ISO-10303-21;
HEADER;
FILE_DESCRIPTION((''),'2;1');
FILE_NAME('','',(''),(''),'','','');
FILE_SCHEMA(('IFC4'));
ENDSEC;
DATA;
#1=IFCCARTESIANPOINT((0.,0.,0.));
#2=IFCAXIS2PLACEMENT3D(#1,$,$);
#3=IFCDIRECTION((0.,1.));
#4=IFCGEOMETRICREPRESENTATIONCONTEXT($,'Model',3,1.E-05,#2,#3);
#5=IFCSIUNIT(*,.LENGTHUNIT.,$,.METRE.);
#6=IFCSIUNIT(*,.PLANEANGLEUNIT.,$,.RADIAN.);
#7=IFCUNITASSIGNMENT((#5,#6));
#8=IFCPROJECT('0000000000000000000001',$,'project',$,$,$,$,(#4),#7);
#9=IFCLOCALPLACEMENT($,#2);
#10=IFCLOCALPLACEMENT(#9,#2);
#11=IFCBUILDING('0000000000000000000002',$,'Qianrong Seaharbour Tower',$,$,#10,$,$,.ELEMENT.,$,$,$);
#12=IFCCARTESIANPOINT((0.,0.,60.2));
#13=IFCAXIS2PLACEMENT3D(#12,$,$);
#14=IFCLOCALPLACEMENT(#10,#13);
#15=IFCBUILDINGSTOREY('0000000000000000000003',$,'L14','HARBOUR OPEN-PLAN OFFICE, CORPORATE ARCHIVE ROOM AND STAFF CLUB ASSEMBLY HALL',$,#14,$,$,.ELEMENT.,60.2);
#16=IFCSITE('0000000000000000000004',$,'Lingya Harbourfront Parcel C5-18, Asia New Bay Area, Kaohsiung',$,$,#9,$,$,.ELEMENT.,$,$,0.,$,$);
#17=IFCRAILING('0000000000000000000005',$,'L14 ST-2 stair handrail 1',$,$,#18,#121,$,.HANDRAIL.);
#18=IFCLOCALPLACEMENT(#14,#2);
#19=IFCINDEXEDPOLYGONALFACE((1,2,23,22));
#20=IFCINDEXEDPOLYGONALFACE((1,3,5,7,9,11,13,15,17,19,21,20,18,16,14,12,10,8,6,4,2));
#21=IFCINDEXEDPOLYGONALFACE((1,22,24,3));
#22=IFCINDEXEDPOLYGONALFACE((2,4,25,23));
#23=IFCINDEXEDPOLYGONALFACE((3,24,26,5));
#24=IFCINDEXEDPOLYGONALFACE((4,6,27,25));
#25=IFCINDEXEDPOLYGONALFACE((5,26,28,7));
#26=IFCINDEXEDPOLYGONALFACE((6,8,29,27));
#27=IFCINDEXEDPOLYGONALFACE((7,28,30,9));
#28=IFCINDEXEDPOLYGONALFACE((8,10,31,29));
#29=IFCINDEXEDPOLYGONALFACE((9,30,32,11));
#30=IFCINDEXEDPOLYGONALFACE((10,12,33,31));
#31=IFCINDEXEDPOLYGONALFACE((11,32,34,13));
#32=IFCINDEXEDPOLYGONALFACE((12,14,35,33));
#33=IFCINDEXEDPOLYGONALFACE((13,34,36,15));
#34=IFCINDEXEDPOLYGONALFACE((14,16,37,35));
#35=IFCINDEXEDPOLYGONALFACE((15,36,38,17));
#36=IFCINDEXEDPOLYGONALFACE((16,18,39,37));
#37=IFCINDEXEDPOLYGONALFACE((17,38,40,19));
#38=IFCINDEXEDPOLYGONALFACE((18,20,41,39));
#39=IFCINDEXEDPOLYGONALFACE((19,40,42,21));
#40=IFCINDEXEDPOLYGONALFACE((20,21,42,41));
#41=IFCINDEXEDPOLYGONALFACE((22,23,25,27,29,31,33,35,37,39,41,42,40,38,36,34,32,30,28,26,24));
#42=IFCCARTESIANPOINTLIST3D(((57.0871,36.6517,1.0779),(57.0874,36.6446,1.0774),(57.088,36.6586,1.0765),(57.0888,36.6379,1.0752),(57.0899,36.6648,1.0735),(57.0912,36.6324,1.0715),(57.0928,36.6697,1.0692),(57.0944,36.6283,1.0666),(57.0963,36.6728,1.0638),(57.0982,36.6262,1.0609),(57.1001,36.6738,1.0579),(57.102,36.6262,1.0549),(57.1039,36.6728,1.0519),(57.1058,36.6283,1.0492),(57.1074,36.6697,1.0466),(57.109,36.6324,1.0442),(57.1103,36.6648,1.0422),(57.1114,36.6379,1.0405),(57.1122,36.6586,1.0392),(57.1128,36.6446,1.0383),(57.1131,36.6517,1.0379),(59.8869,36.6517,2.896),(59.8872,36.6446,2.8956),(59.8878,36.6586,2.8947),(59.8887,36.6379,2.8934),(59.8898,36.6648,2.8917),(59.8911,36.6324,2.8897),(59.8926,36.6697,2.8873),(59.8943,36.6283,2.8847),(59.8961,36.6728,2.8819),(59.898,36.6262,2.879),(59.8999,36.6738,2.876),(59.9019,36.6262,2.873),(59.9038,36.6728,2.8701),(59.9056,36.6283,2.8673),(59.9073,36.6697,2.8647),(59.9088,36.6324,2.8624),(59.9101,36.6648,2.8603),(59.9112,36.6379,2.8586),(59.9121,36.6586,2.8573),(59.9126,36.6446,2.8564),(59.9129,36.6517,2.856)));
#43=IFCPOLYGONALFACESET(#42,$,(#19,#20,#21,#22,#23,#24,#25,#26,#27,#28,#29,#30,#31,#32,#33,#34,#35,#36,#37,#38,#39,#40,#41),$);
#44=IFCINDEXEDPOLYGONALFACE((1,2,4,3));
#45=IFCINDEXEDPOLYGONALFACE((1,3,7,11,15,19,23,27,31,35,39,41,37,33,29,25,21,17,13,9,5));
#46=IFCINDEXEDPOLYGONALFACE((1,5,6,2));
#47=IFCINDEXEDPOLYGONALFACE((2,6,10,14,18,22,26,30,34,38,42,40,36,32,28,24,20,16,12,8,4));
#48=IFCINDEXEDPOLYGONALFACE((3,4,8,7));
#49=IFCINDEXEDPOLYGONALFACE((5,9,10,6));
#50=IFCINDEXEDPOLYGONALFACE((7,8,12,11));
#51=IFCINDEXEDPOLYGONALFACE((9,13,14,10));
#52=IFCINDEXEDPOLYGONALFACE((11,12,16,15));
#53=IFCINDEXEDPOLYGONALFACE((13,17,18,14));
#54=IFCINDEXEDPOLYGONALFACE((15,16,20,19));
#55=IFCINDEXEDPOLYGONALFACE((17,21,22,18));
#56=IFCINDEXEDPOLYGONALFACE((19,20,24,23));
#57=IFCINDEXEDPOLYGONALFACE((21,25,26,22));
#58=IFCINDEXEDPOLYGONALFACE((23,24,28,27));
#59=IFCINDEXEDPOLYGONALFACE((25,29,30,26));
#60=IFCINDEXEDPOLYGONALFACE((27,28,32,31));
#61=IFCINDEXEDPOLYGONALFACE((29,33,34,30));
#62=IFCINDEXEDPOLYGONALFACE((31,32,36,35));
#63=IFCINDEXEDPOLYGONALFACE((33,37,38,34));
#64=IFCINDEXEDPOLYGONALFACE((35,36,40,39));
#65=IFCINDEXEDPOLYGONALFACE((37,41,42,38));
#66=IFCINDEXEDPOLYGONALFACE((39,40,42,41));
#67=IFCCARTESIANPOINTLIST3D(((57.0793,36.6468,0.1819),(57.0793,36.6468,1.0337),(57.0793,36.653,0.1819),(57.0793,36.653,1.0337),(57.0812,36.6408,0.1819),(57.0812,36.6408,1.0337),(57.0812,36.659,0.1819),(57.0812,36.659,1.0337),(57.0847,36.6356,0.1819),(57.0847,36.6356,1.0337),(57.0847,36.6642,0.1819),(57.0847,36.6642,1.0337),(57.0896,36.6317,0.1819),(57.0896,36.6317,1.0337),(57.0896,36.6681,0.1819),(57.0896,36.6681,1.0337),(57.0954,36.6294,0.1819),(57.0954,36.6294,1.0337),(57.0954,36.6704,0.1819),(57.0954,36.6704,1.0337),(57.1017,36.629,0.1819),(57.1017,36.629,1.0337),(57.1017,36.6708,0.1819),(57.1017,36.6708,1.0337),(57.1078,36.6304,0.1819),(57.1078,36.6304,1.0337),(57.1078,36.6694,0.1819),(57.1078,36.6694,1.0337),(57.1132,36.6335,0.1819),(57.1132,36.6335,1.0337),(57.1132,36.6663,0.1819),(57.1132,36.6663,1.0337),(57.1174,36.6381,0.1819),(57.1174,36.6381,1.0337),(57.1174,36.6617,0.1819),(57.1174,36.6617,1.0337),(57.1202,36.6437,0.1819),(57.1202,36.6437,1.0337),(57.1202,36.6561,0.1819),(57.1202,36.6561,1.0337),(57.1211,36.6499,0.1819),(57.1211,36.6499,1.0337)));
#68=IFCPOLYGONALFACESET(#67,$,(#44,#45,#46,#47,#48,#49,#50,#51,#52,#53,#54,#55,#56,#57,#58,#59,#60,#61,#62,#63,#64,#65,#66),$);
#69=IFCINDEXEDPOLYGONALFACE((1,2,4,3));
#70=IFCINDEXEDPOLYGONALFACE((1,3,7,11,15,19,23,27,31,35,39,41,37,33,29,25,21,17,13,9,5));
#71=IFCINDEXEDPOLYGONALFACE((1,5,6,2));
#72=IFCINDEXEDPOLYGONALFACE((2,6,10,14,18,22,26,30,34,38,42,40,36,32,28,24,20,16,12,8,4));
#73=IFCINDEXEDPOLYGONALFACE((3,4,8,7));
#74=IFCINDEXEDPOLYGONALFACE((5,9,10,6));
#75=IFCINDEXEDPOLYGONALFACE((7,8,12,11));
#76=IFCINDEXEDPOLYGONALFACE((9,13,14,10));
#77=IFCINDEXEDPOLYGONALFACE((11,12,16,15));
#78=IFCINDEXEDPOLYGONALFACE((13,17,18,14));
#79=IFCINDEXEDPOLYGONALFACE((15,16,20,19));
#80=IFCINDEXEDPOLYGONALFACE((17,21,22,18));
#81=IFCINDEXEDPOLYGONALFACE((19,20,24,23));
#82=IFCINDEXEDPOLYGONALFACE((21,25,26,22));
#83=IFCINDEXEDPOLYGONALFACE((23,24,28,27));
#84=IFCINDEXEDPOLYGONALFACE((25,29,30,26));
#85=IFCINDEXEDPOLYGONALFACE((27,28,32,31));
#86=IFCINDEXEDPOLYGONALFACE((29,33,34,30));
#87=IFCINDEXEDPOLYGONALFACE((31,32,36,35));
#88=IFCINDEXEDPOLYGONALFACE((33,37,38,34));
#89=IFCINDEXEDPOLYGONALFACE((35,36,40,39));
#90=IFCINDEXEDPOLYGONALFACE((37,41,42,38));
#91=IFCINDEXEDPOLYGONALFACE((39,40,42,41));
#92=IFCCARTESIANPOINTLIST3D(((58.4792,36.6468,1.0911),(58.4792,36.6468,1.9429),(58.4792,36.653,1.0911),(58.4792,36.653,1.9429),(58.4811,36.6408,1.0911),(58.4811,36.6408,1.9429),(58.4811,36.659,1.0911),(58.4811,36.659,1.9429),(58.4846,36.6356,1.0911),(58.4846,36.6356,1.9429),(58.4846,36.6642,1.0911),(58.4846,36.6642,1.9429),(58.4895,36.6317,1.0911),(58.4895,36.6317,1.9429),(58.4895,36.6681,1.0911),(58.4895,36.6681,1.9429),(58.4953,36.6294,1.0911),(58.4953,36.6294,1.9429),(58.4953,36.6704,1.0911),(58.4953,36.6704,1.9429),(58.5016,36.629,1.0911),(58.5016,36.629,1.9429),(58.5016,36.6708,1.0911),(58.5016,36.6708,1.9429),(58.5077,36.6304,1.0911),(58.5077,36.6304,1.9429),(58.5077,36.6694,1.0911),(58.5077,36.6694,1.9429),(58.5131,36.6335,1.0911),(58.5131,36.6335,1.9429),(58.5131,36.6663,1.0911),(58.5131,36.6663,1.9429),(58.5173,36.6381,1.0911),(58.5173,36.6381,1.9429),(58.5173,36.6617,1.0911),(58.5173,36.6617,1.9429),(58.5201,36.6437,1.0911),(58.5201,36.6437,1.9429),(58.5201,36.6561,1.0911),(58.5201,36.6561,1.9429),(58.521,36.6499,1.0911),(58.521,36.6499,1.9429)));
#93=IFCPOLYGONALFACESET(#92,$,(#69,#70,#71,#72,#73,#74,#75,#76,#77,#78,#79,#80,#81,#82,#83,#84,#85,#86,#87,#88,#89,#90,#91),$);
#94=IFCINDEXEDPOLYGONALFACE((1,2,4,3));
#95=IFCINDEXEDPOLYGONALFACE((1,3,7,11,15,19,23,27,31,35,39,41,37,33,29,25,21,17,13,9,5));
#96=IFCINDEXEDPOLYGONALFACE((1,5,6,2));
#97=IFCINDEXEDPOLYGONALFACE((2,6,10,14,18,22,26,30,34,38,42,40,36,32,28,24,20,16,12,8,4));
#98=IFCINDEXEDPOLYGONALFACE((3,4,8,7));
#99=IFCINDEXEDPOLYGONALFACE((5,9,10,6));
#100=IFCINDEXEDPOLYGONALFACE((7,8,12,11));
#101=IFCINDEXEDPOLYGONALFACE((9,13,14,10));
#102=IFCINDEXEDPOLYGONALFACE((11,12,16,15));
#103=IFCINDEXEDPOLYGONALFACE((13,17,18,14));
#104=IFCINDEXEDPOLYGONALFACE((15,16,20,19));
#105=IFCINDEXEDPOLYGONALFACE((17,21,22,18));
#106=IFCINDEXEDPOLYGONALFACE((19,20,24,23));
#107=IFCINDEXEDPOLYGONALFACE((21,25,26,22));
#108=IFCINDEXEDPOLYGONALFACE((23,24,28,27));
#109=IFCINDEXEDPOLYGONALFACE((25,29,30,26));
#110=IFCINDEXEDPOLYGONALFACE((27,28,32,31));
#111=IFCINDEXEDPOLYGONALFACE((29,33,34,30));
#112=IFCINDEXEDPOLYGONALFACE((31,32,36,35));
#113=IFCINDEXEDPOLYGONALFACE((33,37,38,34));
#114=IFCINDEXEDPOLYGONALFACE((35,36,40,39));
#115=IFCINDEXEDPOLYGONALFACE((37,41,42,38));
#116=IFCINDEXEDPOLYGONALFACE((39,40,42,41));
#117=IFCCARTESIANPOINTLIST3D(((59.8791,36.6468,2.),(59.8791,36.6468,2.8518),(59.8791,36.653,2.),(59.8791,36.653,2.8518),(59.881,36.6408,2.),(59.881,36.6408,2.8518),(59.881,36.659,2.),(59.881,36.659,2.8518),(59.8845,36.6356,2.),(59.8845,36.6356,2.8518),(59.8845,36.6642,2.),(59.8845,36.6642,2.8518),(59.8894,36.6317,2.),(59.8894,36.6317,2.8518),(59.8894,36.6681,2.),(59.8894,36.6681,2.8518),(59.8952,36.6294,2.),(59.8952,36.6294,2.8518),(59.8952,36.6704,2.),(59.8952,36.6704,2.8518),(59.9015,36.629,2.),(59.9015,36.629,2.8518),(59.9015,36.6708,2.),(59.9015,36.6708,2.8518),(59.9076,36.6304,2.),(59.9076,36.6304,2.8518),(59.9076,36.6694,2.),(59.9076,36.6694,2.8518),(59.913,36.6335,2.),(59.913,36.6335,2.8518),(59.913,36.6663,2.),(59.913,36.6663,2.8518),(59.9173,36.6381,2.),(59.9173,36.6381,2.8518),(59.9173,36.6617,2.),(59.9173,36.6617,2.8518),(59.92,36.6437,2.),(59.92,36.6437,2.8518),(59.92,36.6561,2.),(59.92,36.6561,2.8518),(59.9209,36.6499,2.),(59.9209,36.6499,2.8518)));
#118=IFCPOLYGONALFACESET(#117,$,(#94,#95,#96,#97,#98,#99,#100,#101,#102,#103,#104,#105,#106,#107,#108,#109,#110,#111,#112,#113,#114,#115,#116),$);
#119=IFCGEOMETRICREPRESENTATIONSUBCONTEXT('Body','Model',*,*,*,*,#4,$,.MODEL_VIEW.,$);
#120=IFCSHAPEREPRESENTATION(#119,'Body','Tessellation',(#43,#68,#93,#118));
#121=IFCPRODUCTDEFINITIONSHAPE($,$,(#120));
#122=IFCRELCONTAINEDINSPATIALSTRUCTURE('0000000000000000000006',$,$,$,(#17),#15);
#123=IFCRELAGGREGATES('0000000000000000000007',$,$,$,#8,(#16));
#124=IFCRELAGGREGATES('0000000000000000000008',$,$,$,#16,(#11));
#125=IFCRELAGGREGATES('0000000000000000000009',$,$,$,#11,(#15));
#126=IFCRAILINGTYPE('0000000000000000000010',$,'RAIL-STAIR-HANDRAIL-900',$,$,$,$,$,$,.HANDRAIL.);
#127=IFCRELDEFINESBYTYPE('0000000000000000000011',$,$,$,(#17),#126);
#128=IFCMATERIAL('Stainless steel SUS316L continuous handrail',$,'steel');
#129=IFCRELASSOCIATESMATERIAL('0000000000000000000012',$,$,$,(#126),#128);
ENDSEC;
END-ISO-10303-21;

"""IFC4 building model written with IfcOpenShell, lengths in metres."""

from ifc_helpers import new_model, si_unit, direction, frame, origin, origin_2d, place, context, subcontext, project, spatial, circle, extrude, material, type_object, element, save


model = new_model("IFC4")

# Units and contexts
model_context = context("Model", 3, precision=1e-05, world=origin(), true_north=direction((0.0, 1.0)))
body_context = subcontext(model_context, "Body", "Model", "MODEL_VIEW")
ifc_project = project(units=[si_unit("LENGTHUNIT", "METRE"), si_unit("PLANEANGLEUNIT", "RADIAN")], contexts=[model_context])

# Site, building, storey
site_placement = place(None, origin())
site = spatial("IfcSite", under=ifc_project, at=site_placement, Name="Lingya Harbourfront Parcel C5-18, Asia New Bay Area, Kaohsiung", CompositionType="ELEMENT", RefElevation=0.0)
building_placement = place(site_placement, origin())
building = spatial("IfcBuilding", under=site, at=building_placement, Name="Qianrong Seaharbour Tower", CompositionType="ELEMENT")
storey_placement = place(building_placement, frame((0.0, 0.0, 60.2)))
storey = spatial("IfcBuildingStorey", under=building, at=storey_placement, Name="L14", Description="HARBOUR OPEN-PLAN OFFICE, CORPORATE ARCHIVE ROOM AND STAFF CLUB ASSEMBLY HALL", CompositionType="ELEMENT", Elevation=60.2)

# Railing
ifc_material_1 = material(Name="Stainless steel SUS316L continuous handrail", Category="steel")
railing_type_1 = type_object("IfcRailingType", Name="RAIL-STAIR-HANDRAIL-900", PredefinedType="HANDRAIL", material=ifc_material_1)
railing_1_placement = place(storey_placement, frame((57.1001, 36.6499, 0.1819)))
element("IfcRailing", 1, at=railing_1_placement, inside=storey, type_object=railing_type_1, Name="L14 ST-2 stair handrail 1", PredefinedType="HANDRAIL", context=body_context, shape_type="SweptSolid", body=[
    extrude(circle(Radius=0.0239, at=origin_2d()), frame((0.0, 0.0, 0.876), z_axis=(0.838684, 0.0, 0.544618), x_axis=(0.0, 1.0, 0.0)), (0.0, 0.0, 1.0), 3.3384),
    extrude(circle(Radius=0.021, at=origin_2d()), origin(), (0.0, 0.0, 1.0), 0.8518),
    extrude(circle(Radius=0.021, at=origin_2d()), frame((1.3999, 0.0, 0.9092)), (0.0, 0.0, 1.0), 0.8518),
    extrude(circle(Radius=0.021, at=origin_2d()), frame((2.7998, 0.0, 1.8181)), (0.0, 0.0, 1.0), 0.8518),
])

save(model, "model.ifc")
